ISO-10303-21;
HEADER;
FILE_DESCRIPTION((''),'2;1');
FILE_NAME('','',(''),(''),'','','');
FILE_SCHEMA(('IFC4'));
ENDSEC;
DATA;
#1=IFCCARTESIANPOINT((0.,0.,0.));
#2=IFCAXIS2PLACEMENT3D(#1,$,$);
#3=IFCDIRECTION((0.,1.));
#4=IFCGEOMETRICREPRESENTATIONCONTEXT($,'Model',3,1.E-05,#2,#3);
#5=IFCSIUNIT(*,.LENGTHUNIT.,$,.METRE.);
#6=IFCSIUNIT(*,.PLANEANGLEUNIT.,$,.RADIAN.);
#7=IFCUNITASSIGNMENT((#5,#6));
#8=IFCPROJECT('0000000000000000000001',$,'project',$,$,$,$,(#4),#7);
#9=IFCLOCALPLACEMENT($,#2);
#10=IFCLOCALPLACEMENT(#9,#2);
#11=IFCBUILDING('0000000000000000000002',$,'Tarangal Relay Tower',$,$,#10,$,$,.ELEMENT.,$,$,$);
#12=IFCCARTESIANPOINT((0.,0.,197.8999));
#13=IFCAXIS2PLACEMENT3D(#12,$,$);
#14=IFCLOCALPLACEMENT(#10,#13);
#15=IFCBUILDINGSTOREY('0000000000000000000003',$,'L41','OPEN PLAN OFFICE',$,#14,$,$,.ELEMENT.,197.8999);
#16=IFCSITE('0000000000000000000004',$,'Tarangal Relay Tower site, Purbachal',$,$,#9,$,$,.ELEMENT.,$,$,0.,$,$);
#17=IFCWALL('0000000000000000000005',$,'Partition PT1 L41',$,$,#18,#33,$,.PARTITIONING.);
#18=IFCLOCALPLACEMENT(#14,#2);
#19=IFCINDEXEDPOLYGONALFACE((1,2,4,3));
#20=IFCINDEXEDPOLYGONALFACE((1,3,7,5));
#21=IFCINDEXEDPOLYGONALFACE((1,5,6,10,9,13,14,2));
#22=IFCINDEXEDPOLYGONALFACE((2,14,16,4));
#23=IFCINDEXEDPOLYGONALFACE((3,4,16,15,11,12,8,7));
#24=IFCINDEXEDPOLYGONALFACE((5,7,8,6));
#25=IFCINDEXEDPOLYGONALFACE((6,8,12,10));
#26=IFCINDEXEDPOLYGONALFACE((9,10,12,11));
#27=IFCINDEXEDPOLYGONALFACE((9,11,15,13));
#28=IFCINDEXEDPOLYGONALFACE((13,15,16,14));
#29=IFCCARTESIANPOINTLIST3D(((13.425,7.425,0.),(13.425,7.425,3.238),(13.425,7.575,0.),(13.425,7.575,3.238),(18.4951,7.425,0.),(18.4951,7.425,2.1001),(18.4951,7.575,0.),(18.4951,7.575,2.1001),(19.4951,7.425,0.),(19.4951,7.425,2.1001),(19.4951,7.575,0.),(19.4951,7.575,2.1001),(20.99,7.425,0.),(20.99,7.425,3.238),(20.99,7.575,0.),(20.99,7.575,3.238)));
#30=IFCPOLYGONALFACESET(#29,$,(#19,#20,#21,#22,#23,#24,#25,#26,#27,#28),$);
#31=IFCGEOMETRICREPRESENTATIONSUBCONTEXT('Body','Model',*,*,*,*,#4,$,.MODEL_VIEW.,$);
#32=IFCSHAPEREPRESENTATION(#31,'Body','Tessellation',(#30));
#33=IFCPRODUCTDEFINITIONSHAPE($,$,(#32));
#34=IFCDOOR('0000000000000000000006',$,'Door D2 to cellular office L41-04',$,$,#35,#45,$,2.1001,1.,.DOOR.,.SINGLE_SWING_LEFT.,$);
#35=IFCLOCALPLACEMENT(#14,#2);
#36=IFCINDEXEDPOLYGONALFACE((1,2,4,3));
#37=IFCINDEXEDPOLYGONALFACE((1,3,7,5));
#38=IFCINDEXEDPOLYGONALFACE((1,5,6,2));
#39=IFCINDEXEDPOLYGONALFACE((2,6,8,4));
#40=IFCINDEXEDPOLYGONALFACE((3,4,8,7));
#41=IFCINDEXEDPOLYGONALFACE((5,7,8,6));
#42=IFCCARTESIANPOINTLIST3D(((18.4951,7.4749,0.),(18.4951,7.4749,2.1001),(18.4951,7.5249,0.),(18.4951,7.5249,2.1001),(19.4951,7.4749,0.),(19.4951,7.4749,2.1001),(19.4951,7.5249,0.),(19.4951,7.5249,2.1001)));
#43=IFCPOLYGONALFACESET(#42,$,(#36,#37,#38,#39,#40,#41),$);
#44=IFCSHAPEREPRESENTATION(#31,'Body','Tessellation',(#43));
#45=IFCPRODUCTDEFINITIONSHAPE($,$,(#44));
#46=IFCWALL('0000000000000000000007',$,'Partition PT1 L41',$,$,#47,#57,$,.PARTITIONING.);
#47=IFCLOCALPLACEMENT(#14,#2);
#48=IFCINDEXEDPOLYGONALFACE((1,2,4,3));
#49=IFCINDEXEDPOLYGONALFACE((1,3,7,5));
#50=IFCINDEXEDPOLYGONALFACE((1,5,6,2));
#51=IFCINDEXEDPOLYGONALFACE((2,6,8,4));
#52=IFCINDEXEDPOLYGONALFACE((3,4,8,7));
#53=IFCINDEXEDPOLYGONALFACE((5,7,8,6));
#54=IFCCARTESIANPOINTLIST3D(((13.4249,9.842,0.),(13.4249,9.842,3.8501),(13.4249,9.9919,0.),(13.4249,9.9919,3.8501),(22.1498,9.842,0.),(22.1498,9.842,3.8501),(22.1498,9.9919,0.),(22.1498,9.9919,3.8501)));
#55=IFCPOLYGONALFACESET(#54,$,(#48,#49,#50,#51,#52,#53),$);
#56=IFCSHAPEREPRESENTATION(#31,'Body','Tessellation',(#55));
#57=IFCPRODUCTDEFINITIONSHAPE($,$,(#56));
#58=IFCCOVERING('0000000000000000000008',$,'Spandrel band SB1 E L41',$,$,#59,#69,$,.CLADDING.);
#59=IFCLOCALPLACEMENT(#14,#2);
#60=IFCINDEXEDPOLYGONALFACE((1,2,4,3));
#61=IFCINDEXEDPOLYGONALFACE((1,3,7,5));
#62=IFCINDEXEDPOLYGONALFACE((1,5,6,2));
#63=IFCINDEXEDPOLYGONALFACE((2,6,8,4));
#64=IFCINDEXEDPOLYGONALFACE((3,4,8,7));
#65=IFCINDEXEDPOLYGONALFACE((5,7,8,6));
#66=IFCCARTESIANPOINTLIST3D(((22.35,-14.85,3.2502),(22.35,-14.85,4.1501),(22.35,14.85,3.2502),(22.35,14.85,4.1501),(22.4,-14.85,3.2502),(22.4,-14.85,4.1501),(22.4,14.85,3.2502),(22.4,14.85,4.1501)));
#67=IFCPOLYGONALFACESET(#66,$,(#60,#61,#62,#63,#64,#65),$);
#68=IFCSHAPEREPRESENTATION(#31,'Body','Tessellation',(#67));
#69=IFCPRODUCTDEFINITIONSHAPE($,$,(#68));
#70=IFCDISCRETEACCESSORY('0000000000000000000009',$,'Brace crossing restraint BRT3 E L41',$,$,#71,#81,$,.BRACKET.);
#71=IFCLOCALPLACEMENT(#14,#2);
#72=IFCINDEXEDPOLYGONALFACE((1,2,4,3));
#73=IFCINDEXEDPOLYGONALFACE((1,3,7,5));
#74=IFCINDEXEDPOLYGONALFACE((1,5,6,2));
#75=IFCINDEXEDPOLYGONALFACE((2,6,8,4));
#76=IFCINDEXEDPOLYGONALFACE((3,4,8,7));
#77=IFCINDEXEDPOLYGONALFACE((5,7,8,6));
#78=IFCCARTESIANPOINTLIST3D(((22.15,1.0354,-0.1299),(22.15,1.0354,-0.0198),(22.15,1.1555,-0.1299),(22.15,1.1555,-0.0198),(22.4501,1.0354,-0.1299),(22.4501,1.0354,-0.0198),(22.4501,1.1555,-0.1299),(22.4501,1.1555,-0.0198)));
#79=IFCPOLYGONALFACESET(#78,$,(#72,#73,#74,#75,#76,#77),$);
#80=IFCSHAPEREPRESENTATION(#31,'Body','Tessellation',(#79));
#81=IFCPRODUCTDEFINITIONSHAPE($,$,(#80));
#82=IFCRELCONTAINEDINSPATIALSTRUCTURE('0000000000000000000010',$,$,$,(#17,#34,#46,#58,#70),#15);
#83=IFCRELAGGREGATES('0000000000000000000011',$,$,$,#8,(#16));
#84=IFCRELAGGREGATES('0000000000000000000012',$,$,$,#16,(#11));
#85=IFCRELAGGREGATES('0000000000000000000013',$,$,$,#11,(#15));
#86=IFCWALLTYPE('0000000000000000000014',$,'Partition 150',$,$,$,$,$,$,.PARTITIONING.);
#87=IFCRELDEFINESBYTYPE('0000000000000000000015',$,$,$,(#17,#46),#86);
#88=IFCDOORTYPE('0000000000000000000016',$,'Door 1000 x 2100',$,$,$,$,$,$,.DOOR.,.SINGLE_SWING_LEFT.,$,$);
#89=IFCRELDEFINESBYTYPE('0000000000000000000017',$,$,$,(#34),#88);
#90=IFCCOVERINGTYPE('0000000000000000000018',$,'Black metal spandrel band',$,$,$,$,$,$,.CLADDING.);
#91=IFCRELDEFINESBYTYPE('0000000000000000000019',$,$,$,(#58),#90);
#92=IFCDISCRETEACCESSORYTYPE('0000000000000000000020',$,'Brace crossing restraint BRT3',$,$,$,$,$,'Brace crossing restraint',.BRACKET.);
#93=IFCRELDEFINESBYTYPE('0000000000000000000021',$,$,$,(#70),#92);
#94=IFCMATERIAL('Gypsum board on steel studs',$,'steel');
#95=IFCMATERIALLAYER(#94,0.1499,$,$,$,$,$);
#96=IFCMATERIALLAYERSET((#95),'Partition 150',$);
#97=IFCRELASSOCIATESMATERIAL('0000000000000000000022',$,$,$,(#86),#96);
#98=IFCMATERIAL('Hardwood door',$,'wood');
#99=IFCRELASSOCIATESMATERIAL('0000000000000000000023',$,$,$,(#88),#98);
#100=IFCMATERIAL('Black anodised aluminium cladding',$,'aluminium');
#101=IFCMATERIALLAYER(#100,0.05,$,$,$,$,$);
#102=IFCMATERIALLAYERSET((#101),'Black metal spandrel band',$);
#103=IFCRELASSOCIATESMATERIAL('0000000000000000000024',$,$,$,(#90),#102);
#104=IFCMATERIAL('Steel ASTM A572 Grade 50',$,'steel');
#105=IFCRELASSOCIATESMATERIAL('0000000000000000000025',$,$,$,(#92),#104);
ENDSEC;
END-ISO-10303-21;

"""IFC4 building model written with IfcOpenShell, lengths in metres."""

from ifc_helpers import new_model, si_unit, direction, frame, frame_2d, origin, origin_2d, place, context, subcontext, project, spatial, rectangle, extrude, material, layer, layer_set, type_object, element, fill, save


model = new_model("IFC4")

# Units and contexts
model_context = context("Model", 3, precision=1e-05, world=origin(), true_north=direction((0.0, 1.0)))
body_context = subcontext(model_context, "Body", "Model", "MODEL_VIEW")
ifc_project = project(units=[si_unit("LENGTHUNIT", "METRE"), si_unit("PLANEANGLEUNIT", "RADIAN")], contexts=[model_context])

# Site, building, storey
site_placement = place(None, origin())
site = spatial("IfcSite", under=ifc_project, at=site_placement, Name="Tarangal Relay Tower site, Purbachal", CompositionType="ELEMENT", RefElevation=0.0)
building_placement = place(site_placement, origin())
building = spatial("IfcBuilding", under=site, at=building_placement, Name="Tarangal Relay Tower", CompositionType="ELEMENT")
storey_placement = place(building_placement, frame((0.0, 0.0, 197.8999)))
storey = spatial("IfcBuildingStorey", under=building, at=storey_placement, Name="L41", Description="OPEN PLAN OFFICE", CompositionType="ELEMENT", Elevation=197.8999)

# Shared definitions
ifc_material_1 = material(Name="Steel ASTM A572 Grade 50", Category="steel")

# Wall, opening, door
ifc_material_2 = material(Name="Gypsum board on steel studs", Category="steel")
ifc_layer_1 = layer(ifc_material_2, 0.1499)
ifc_layer_set_1 = layer_set([ifc_layer_1], Name="Partition 150")
wall_type_1 = type_object("IfcWallType", Name="Partition 150", PredefinedType="PARTITIONING", material=ifc_layer_set_1)
wall_1_placement = place(storey_placement, frame((13.425, 7.5, 0.0), z_axis=(0.0, 0.0, 1.0), x_axis=(1.0, 0.0, 0.0)))
wall_1 = element("IfcWall", 1, at=wall_1_placement, inside=storey, type_object=wall_type_1, Name="Partition PT1 L41", PredefinedType="PARTITIONING", context=body_context, shape_type="SweptSolid", body=[
    extrude(rectangle(XDim=7.5649, YDim=0.1499, at=frame_2d((3.7825, 0.0))), origin(), (0.0, 0.0, 1.0), 3.238),
])
opening_1_placement = place(wall_1_placement, frame((5.0701, 0.0, 0.0)))
opening_1 = element("IfcOpeningElement", 2, at=opening_1_placement, cuts=wall_1, PredefinedType="OPENING", context=body_context, shape_type="SweptSolid", body=[
    extrude(rectangle(XDim=1.0, YDim=2.1001, at=frame_2d((0.5, 1.05))), frame((0.0, 0.085, 0.0), z_axis=(0.0, -1.0, 0.0), x_axis=(1.0, 0.0, 0.0)), (0.0, 0.0, 1.0), 0.1699),
])
ifc_material_3 = material(Name="Hardwood door", Category="wood")
door_type_1 = type_object("IfcDoorType", Name="Door 1000 x 2100", OperationType="SINGLE_SWING_LEFT", PredefinedType="DOOR", material=ifc_material_3)
door_1_placement = place(opening_1_placement, origin())
door_1 = element("IfcDoor", 3, at=door_1_placement, inside=storey, type_object=door_type_1, Name="Door D2 to cellular office L41-04", OperationType="SINGLE_SWING_LEFT", OverallHeight=2.1001, OverallWidth=1.0, PredefinedType="DOOR", context=body_context, shape_type="SweptSolid", body=[
    extrude(rectangle(XDim=1.0, YDim=2.1001, at=frame_2d((0.5, 1.05))), frame((0.0, 0.0249, 0.0), z_axis=(0.0, -1.0, 0.0), x_axis=(1.0, 0.0, 0.0)), (0.0, 0.0, 1.0), 0.05),
])
fill(opening_1, door_1)

# Wall
wall_2_placement = place(storey_placement, frame((13.425, 9.917, 0.0), z_axis=(0.0, 0.0, 1.0), x_axis=(1.0, 0.0, 0.0)))
element("IfcWall", 4, at=wall_2_placement, inside=storey, type_object=wall_type_1, Name="Partition PT1 L41", PredefinedType="PARTITIONING", context=body_context, shape_type="SweptSolid", body=[
    extrude(rectangle(XDim=8.7249, YDim=0.1499, at=frame_2d((4.3623, 0.0))), origin(), (0.0, 0.0, 1.0), 3.8501),
])

# Covering
ifc_material_4 = material(Name="Black anodised aluminium cladding", Category="aluminium")
ifc_layer_2 = layer(ifc_material_4, 0.05)
ifc_layer_set_2 = layer_set([ifc_layer_2], Name="Black metal spandrel band")
covering_type = type_object("IfcCoveringType", Name="Black metal spandrel band", PredefinedType="CLADDING", material=ifc_layer_set_2)
covering_placement = place(storey_placement, frame((22.375, 0.0, 3.2502), z_axis=(0.0, 0.0, 1.0), x_axis=(0.0, -1.0, 0.0)))
element("IfcCovering", 5, at=covering_placement, inside=storey, type_object=covering_type, Name="Spandrel band SB1 E L41", PredefinedType="CLADDING", context=body_context, shape_type="SweptSolid", body=[
    extrude(rectangle(XDim=29.7, YDim=0.05, at=origin_2d()), origin(), (0.0, 0.0, 1.0), 0.8999),
])

# Discrete accessory
discrete_accessory_type = type_object("IfcDiscreteAccessoryType", Name="Brace crossing restraint BRT3", ElementType="Brace crossing restraint", PredefinedType="BRACKET", material=ifc_material_1)
discrete_accessory_placement = place(storey_placement, frame((22.3, 1.0955, -0.1299), z_axis=(0.0, 0.0, 1.0), x_axis=(1.0, 0.0, 0.0)))
element("IfcDiscreteAccessory", 6, at=discrete_accessory_placement, inside=storey, type_object=discrete_accessory_type, Name="Brace crossing restraint BRT3 E L41", PredefinedType="BRACKET", context=body_context, shape_type="SweptSolid", body=[
    extrude(rectangle(XDim=0.3, YDim=0.1201, at=origin_2d()), origin(), (0.0, 0.0, 1.0), 0.1101),
])

save(model, "model.ifc")
